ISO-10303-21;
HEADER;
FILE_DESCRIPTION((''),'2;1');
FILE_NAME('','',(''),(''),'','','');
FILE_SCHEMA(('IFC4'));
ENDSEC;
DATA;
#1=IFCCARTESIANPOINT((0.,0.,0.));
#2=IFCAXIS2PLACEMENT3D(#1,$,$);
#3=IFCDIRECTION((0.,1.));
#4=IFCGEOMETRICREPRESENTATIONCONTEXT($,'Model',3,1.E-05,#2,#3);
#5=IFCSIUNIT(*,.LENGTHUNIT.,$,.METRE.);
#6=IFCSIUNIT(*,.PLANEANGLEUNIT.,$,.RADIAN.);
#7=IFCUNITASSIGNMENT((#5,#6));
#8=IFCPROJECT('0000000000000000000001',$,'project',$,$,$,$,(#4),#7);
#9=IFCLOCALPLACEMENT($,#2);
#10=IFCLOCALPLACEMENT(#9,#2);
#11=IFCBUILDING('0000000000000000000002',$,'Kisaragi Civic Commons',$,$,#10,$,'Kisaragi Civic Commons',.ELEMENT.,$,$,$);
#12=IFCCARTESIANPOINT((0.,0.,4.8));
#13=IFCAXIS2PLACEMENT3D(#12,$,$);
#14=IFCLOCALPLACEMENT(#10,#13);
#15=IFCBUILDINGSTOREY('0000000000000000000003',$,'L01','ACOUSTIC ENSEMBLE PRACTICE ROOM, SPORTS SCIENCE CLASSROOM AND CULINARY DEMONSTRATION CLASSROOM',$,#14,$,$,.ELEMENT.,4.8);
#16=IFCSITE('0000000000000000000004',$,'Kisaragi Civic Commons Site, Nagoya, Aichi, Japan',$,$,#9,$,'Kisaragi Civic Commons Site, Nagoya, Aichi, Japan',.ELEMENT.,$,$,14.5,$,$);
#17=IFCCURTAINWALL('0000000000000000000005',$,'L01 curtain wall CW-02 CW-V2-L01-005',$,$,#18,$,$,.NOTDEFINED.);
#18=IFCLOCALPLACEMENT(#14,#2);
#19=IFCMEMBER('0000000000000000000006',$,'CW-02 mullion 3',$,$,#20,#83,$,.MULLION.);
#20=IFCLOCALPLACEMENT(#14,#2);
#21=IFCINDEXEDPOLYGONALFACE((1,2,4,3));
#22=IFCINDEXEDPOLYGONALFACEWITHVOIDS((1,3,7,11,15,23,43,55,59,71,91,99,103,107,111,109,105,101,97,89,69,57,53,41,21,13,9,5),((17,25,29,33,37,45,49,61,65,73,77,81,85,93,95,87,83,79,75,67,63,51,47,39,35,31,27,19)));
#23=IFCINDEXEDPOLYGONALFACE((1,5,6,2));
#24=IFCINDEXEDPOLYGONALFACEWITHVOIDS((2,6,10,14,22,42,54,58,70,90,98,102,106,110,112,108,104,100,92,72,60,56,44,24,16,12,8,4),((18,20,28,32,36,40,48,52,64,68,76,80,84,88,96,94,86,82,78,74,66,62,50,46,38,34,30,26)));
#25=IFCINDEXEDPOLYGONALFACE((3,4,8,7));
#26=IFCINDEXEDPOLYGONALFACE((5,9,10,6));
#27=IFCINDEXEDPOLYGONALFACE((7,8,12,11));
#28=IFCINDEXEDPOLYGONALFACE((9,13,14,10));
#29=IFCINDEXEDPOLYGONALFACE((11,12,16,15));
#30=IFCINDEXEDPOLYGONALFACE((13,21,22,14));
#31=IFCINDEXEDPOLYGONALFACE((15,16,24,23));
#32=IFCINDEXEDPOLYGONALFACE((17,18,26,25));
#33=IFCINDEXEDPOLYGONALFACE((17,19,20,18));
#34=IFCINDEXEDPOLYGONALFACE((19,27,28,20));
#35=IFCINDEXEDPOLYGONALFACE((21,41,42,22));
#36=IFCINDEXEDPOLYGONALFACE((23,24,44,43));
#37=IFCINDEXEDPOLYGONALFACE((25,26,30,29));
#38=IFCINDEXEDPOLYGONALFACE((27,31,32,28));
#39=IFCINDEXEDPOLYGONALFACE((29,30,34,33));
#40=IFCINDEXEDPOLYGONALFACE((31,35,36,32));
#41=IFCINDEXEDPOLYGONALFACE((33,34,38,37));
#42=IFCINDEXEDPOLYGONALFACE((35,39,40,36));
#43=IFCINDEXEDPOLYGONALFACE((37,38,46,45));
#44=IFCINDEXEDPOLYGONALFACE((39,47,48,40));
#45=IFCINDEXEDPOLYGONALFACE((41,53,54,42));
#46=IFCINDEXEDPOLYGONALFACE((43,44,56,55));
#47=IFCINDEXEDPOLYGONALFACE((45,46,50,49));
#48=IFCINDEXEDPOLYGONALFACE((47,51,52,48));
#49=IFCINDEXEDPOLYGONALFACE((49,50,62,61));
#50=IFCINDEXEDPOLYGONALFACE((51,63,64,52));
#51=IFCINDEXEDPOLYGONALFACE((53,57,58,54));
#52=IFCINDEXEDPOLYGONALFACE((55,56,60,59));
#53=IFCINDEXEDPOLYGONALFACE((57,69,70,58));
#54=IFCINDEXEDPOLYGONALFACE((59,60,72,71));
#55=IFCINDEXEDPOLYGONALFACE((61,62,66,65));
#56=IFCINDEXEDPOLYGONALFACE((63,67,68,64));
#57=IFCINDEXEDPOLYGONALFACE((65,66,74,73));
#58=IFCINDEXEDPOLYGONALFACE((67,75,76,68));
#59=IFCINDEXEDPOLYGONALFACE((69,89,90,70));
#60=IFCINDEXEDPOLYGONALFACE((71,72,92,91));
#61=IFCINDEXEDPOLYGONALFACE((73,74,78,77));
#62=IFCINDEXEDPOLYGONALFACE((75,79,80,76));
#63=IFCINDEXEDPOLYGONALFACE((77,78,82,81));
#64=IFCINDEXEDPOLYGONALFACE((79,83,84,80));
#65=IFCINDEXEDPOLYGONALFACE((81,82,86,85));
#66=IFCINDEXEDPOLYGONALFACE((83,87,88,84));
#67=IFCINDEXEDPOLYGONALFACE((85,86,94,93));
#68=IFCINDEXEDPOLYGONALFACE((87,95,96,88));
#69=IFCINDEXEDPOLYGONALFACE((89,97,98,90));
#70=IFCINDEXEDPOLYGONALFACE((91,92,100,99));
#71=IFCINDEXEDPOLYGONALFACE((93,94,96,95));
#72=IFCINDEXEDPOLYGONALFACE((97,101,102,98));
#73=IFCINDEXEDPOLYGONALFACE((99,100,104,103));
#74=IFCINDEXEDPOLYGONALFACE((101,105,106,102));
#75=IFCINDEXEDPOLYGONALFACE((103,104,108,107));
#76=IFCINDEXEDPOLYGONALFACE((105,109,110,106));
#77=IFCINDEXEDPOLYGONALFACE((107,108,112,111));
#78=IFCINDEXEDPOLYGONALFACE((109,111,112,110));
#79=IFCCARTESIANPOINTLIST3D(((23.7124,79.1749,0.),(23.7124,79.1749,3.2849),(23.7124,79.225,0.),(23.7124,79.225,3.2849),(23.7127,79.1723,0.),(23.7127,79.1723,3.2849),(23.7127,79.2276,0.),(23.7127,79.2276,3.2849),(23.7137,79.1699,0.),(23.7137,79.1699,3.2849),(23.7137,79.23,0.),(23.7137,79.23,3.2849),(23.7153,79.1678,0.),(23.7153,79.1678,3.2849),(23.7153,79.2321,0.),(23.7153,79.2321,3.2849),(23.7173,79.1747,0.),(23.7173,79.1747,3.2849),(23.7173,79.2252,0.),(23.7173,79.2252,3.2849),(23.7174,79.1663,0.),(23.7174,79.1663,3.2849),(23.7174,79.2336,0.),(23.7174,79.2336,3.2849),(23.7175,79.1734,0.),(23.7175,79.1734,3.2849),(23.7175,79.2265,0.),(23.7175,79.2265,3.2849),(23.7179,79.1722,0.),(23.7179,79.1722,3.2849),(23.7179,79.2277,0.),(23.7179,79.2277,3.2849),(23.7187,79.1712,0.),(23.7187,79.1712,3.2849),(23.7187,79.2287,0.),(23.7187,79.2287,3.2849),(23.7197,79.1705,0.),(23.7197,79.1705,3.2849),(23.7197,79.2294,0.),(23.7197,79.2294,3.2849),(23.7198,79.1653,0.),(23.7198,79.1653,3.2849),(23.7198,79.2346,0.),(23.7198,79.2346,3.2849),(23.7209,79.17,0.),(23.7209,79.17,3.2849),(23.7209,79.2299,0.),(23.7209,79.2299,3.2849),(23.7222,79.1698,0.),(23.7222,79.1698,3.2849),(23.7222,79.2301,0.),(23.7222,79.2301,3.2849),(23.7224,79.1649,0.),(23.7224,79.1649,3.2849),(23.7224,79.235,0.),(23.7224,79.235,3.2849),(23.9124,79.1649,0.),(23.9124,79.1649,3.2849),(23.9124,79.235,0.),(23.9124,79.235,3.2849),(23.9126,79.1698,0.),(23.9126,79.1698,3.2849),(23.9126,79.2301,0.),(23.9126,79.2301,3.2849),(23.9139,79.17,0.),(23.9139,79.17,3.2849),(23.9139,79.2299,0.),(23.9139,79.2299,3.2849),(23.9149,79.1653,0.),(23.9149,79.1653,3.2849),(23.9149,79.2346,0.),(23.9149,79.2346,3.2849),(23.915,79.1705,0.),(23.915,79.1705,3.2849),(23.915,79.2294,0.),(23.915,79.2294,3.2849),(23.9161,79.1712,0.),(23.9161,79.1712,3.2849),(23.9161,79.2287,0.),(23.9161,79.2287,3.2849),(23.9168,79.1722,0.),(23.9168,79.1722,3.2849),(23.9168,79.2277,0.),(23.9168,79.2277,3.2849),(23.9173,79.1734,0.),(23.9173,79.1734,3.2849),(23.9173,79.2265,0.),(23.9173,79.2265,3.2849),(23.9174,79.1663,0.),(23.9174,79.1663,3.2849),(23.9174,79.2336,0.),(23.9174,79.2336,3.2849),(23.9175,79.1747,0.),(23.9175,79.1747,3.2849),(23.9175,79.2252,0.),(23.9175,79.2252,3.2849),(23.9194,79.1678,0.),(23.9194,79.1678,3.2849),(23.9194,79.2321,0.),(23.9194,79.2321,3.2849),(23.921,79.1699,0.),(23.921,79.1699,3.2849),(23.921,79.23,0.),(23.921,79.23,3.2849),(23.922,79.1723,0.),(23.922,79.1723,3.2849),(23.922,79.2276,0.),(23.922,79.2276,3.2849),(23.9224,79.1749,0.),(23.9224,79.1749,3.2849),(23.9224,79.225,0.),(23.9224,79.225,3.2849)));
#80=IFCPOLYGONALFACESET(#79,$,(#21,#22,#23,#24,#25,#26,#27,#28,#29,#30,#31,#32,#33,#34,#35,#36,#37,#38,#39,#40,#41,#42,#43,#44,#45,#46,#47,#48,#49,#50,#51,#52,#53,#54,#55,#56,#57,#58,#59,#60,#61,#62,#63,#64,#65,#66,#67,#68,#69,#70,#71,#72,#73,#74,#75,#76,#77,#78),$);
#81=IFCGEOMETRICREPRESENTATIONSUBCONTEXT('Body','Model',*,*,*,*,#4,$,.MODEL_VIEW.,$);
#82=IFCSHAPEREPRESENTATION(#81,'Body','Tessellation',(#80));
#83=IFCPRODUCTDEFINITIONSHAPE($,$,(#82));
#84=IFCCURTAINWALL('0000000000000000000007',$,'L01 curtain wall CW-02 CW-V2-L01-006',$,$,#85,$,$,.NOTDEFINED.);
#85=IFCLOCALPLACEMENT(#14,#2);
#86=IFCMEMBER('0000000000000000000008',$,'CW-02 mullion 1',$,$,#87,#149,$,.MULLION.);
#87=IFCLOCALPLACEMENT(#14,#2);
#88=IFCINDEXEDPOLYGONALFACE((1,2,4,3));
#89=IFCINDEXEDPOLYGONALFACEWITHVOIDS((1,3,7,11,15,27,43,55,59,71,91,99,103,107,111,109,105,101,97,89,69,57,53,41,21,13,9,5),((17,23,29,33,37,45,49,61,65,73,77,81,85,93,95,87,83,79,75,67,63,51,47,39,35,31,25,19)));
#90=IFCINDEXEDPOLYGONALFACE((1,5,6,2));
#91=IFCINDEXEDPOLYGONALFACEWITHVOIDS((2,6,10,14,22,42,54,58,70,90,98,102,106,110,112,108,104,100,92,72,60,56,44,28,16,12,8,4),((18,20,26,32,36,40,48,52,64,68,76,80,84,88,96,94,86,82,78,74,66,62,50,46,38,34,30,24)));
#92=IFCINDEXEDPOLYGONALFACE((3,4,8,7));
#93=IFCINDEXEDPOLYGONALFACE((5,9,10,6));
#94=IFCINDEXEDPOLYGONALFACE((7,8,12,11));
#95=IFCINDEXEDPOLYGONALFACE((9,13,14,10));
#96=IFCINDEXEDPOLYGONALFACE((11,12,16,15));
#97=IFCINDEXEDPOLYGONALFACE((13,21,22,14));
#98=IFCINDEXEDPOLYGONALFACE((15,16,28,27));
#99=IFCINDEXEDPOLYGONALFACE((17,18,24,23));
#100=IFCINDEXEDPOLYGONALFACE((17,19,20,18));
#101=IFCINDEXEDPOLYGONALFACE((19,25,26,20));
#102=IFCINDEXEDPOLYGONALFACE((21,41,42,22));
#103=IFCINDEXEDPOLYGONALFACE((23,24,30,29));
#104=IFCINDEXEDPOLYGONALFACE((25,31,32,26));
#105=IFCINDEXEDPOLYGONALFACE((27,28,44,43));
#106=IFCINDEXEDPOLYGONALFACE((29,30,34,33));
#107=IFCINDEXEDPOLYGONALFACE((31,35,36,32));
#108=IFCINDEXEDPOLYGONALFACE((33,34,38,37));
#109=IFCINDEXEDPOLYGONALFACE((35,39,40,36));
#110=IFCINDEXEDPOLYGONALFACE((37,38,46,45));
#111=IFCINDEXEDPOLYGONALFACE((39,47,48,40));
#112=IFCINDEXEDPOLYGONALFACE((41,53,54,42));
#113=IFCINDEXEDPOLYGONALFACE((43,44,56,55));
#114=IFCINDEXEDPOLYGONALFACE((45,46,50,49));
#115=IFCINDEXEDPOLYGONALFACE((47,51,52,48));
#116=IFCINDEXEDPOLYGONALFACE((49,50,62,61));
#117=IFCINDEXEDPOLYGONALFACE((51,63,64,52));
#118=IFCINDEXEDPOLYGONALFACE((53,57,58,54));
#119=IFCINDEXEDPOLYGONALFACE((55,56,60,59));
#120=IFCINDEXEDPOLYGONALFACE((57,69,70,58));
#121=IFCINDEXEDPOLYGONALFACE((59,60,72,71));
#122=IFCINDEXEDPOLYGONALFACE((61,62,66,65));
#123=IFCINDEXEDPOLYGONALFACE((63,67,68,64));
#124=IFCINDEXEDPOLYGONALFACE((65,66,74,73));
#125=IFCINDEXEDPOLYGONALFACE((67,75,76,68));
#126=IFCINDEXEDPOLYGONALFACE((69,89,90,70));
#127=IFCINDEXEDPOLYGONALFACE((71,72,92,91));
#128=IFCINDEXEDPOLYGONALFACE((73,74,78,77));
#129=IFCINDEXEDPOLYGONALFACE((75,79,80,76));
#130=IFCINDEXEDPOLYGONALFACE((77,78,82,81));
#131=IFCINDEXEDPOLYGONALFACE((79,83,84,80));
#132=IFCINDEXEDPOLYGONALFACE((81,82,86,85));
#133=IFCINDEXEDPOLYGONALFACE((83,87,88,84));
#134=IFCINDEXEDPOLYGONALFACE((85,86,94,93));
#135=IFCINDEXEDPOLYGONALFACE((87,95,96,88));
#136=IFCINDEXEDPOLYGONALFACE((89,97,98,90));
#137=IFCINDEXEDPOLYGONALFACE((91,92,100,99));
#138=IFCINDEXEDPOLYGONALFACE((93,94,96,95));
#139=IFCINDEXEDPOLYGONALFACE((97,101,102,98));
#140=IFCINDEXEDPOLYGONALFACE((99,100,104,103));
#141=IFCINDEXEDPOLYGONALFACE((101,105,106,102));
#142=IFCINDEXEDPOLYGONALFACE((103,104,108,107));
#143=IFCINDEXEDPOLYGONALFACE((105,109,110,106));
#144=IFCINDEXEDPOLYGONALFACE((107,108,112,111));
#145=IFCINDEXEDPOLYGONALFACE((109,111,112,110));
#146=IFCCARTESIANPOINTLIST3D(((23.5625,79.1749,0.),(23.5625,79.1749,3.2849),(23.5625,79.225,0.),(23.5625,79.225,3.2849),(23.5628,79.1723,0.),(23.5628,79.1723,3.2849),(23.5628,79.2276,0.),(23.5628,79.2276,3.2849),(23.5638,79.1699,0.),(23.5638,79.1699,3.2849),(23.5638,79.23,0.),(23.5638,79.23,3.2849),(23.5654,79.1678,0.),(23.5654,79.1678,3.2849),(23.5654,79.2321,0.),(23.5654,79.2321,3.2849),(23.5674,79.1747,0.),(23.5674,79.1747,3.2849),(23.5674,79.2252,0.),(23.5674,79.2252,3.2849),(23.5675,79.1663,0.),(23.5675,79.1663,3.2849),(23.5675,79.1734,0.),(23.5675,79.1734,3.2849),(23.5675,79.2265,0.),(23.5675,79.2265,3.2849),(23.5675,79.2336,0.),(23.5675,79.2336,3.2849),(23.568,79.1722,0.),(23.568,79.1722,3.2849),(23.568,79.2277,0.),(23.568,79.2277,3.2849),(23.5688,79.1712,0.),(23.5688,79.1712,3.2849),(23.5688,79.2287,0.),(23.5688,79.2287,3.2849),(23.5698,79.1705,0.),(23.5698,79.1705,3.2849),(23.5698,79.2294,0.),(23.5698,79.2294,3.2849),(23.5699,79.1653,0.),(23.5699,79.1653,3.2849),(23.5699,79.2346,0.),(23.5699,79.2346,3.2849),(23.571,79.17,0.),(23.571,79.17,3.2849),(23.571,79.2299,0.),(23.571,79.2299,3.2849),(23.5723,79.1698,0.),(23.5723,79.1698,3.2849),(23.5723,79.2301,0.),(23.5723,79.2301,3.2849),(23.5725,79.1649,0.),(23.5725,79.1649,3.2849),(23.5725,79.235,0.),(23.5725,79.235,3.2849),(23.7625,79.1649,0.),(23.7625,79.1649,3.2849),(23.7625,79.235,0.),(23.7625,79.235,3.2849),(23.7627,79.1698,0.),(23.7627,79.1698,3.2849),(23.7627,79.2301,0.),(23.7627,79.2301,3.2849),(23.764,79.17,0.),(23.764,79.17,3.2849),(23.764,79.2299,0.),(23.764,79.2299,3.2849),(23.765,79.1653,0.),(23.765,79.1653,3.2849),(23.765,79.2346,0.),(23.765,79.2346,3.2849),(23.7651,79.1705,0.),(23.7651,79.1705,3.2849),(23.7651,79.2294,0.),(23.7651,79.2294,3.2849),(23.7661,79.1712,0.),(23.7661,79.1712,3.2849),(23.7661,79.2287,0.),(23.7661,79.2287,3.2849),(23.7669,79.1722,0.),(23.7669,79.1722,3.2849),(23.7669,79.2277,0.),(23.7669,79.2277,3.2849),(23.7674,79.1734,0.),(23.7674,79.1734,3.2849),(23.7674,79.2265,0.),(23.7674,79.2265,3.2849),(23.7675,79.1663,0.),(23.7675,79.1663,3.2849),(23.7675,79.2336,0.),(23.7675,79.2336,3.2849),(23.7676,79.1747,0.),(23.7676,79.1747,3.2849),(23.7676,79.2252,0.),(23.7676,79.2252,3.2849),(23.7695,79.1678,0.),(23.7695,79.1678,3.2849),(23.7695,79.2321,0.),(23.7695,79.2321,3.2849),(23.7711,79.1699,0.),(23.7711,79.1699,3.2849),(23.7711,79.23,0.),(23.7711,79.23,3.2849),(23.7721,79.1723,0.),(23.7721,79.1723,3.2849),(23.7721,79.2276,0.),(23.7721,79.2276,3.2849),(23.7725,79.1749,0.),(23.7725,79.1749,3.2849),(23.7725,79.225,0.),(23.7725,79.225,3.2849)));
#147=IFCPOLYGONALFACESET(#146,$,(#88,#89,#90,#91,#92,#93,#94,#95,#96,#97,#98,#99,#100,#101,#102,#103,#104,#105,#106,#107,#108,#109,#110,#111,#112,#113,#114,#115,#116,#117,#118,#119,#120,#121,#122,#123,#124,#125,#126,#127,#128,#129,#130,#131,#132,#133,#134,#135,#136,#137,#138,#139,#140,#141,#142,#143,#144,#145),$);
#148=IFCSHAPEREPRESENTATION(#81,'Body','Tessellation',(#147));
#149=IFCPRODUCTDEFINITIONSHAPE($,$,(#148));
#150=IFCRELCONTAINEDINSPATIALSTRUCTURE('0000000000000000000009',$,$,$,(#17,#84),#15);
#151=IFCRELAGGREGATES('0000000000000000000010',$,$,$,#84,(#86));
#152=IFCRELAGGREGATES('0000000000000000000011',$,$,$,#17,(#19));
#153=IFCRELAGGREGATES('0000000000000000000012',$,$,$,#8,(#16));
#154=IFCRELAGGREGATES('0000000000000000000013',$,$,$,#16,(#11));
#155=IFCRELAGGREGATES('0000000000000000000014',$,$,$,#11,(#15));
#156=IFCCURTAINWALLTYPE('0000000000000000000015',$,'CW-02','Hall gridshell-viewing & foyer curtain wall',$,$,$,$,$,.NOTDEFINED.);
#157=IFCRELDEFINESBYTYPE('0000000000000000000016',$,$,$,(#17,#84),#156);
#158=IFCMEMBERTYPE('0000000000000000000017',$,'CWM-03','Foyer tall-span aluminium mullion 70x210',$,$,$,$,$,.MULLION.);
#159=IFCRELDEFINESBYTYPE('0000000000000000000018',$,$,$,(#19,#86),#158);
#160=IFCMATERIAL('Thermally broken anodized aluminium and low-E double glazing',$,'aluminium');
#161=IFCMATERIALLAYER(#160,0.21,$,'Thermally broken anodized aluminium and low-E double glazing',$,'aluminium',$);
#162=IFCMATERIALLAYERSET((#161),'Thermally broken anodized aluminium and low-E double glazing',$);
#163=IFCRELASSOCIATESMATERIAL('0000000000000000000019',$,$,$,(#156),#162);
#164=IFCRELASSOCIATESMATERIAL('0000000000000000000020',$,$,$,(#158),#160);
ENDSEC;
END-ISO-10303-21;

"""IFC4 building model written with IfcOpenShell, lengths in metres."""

from ifc_helpers import new_model, si_unit, direction, frame, origin, origin_2d, place, context, subcontext, project, spatial, hollow_rectangle, extrude, material, layer, layer_set, material_profile, profile_set, type_object, element, aggregate, save


model = new_model("IFC4")

# Units and contexts
model_context = context("Model", 3, precision=1e-05, world=origin(), true_north=direction((0.0, 1.0)))
body_context = subcontext(model_context, "Body", "Model", "MODEL_VIEW")
ifc_project = project(units=[si_unit("LENGTHUNIT", "METRE"), si_unit("PLANEANGLEUNIT", "RADIAN")], contexts=[model_context])

# Site, building, storey
site_placement = place(None, origin())
site = spatial("IfcSite", under=ifc_project, at=site_placement, Name="Kisaragi Civic Commons Site, Nagoya, Aichi, Japan", LongName="Kisaragi Civic Commons Site, Nagoya, Aichi, Japan", CompositionType="ELEMENT", RefElevation=14.5)
building_placement = place(site_placement, origin())
building = spatial("IfcBuilding", under=site, at=building_placement, Name="Kisaragi Civic Commons", LongName="Kisaragi Civic Commons", CompositionType="ELEMENT")
storey_placement = place(building_placement, frame((0.0, 0.0, 4.8)))
storey = spatial("IfcBuildingStorey", under=building, at=storey_placement, Name="L01", Description="ACOUSTIC ENSEMBLE PRACTICE ROOM, SPORTS SCIENCE CLASSROOM AND CULINARY DEMONSTRATION CLASSROOM", CompositionType="ELEMENT", Elevation=4.8)

# Curtain wall, member
ifc_material_1 = material(Name="Thermally broken anodized aluminium and low-E double glazing", Category="aluminium")
ifc_layer_1 = layer(ifc_material_1, 0.21, Name="Thermally broken anodized aluminium and low-E double glazing", Category="aluminium")
ifc_layer_set_1 = layer_set([ifc_layer_1], Name="Thermally broken anodized aluminium and low-E double glazing")
curtain_wall_type = type_object("IfcCurtainWallType", Name="CW-02", Description="Hall gridshell-viewing & foyer curtain wall", PredefinedType="NOTDEFINED", material=ifc_layer_set_1)
curtain_wall_1_placement = place(storey_placement, origin())
curtain_wall_1 = element("IfcCurtainWall", 1, at=curtain_wall_1_placement, inside=storey, type_object=curtain_wall_type, Name="L01 curtain wall CW-02 CW-V2-L01-005", PredefinedType="NOTDEFINED")
ifc_material_profile_1 = material_profile(ifc_material_1, hollow_rectangle(XDim=0.0701, YDim=0.21, WallThickness=0.0049, InnerFilletRadius=0.0049, OuterFilletRadius=0.01, at=origin_2d()), Name="CWM-70x210x5", Category="aluminium")
ifc_profile_set_1 = profile_set([ifc_material_profile_1], Name="Thermally broken anodized aluminium and low-E double glazing")
member_type_1 = type_object("IfcMemberType", Name="CWM-03", Description="Foyer tall-span aluminium mullion 70x210", PredefinedType="MULLION", material=ifc_profile_set_1)
member_1_placement = place(storey_placement, frame((23.8174, 79.2, 0.0), z_axis=(0.0, 0.0, 1.0), x_axis=(0.0, -1.0, 0.0)))
member_1 = element("IfcMember", 2, at=member_1_placement, type_object=member_type_1, Name="CW-02 mullion 3", PredefinedType="MULLION", context=body_context, shape_type="SweptSolid", body=[
    extrude(hollow_rectangle(XDim=0.0701, YDim=0.21, WallThickness=0.0049, InnerFilletRadius=0.0049, OuterFilletRadius=0.01, at=origin_2d()), origin(), (0.0, 0.0, 1.0), 3.2849),
])

# Curtain wall, member
curtain_wall_2_placement = place(storey_placement, origin())
curtain_wall_2 = element("IfcCurtainWall", 3, at=curtain_wall_2_placement, inside=storey, type_object=curtain_wall_type, Name="L01 curtain wall CW-02 CW-V2-L01-006", PredefinedType="NOTDEFINED")
member_2_placement = place(storey_placement, frame((23.6675, 79.2, 0.0), z_axis=(0.0, 0.0, 1.0), x_axis=(0.0, -1.0, 0.0)))
member_2 = element("IfcMember", 4, at=member_2_placement, type_object=member_type_1, Name="CW-02 mullion 1", PredefinedType="MULLION", context=body_context, shape_type="SweptSolid", body=[
    extrude(hollow_rectangle(XDim=0.0701, YDim=0.21, WallThickness=0.0049, InnerFilletRadius=0.0049, OuterFilletRadius=0.01, at=origin_2d()), origin(), (0.0, 0.0, 1.0), 3.2849),
])

aggregate(curtain_wall_2, [member_2])

aggregate(curtain_wall_1, [member_1])

save(model, "model.ifc")
